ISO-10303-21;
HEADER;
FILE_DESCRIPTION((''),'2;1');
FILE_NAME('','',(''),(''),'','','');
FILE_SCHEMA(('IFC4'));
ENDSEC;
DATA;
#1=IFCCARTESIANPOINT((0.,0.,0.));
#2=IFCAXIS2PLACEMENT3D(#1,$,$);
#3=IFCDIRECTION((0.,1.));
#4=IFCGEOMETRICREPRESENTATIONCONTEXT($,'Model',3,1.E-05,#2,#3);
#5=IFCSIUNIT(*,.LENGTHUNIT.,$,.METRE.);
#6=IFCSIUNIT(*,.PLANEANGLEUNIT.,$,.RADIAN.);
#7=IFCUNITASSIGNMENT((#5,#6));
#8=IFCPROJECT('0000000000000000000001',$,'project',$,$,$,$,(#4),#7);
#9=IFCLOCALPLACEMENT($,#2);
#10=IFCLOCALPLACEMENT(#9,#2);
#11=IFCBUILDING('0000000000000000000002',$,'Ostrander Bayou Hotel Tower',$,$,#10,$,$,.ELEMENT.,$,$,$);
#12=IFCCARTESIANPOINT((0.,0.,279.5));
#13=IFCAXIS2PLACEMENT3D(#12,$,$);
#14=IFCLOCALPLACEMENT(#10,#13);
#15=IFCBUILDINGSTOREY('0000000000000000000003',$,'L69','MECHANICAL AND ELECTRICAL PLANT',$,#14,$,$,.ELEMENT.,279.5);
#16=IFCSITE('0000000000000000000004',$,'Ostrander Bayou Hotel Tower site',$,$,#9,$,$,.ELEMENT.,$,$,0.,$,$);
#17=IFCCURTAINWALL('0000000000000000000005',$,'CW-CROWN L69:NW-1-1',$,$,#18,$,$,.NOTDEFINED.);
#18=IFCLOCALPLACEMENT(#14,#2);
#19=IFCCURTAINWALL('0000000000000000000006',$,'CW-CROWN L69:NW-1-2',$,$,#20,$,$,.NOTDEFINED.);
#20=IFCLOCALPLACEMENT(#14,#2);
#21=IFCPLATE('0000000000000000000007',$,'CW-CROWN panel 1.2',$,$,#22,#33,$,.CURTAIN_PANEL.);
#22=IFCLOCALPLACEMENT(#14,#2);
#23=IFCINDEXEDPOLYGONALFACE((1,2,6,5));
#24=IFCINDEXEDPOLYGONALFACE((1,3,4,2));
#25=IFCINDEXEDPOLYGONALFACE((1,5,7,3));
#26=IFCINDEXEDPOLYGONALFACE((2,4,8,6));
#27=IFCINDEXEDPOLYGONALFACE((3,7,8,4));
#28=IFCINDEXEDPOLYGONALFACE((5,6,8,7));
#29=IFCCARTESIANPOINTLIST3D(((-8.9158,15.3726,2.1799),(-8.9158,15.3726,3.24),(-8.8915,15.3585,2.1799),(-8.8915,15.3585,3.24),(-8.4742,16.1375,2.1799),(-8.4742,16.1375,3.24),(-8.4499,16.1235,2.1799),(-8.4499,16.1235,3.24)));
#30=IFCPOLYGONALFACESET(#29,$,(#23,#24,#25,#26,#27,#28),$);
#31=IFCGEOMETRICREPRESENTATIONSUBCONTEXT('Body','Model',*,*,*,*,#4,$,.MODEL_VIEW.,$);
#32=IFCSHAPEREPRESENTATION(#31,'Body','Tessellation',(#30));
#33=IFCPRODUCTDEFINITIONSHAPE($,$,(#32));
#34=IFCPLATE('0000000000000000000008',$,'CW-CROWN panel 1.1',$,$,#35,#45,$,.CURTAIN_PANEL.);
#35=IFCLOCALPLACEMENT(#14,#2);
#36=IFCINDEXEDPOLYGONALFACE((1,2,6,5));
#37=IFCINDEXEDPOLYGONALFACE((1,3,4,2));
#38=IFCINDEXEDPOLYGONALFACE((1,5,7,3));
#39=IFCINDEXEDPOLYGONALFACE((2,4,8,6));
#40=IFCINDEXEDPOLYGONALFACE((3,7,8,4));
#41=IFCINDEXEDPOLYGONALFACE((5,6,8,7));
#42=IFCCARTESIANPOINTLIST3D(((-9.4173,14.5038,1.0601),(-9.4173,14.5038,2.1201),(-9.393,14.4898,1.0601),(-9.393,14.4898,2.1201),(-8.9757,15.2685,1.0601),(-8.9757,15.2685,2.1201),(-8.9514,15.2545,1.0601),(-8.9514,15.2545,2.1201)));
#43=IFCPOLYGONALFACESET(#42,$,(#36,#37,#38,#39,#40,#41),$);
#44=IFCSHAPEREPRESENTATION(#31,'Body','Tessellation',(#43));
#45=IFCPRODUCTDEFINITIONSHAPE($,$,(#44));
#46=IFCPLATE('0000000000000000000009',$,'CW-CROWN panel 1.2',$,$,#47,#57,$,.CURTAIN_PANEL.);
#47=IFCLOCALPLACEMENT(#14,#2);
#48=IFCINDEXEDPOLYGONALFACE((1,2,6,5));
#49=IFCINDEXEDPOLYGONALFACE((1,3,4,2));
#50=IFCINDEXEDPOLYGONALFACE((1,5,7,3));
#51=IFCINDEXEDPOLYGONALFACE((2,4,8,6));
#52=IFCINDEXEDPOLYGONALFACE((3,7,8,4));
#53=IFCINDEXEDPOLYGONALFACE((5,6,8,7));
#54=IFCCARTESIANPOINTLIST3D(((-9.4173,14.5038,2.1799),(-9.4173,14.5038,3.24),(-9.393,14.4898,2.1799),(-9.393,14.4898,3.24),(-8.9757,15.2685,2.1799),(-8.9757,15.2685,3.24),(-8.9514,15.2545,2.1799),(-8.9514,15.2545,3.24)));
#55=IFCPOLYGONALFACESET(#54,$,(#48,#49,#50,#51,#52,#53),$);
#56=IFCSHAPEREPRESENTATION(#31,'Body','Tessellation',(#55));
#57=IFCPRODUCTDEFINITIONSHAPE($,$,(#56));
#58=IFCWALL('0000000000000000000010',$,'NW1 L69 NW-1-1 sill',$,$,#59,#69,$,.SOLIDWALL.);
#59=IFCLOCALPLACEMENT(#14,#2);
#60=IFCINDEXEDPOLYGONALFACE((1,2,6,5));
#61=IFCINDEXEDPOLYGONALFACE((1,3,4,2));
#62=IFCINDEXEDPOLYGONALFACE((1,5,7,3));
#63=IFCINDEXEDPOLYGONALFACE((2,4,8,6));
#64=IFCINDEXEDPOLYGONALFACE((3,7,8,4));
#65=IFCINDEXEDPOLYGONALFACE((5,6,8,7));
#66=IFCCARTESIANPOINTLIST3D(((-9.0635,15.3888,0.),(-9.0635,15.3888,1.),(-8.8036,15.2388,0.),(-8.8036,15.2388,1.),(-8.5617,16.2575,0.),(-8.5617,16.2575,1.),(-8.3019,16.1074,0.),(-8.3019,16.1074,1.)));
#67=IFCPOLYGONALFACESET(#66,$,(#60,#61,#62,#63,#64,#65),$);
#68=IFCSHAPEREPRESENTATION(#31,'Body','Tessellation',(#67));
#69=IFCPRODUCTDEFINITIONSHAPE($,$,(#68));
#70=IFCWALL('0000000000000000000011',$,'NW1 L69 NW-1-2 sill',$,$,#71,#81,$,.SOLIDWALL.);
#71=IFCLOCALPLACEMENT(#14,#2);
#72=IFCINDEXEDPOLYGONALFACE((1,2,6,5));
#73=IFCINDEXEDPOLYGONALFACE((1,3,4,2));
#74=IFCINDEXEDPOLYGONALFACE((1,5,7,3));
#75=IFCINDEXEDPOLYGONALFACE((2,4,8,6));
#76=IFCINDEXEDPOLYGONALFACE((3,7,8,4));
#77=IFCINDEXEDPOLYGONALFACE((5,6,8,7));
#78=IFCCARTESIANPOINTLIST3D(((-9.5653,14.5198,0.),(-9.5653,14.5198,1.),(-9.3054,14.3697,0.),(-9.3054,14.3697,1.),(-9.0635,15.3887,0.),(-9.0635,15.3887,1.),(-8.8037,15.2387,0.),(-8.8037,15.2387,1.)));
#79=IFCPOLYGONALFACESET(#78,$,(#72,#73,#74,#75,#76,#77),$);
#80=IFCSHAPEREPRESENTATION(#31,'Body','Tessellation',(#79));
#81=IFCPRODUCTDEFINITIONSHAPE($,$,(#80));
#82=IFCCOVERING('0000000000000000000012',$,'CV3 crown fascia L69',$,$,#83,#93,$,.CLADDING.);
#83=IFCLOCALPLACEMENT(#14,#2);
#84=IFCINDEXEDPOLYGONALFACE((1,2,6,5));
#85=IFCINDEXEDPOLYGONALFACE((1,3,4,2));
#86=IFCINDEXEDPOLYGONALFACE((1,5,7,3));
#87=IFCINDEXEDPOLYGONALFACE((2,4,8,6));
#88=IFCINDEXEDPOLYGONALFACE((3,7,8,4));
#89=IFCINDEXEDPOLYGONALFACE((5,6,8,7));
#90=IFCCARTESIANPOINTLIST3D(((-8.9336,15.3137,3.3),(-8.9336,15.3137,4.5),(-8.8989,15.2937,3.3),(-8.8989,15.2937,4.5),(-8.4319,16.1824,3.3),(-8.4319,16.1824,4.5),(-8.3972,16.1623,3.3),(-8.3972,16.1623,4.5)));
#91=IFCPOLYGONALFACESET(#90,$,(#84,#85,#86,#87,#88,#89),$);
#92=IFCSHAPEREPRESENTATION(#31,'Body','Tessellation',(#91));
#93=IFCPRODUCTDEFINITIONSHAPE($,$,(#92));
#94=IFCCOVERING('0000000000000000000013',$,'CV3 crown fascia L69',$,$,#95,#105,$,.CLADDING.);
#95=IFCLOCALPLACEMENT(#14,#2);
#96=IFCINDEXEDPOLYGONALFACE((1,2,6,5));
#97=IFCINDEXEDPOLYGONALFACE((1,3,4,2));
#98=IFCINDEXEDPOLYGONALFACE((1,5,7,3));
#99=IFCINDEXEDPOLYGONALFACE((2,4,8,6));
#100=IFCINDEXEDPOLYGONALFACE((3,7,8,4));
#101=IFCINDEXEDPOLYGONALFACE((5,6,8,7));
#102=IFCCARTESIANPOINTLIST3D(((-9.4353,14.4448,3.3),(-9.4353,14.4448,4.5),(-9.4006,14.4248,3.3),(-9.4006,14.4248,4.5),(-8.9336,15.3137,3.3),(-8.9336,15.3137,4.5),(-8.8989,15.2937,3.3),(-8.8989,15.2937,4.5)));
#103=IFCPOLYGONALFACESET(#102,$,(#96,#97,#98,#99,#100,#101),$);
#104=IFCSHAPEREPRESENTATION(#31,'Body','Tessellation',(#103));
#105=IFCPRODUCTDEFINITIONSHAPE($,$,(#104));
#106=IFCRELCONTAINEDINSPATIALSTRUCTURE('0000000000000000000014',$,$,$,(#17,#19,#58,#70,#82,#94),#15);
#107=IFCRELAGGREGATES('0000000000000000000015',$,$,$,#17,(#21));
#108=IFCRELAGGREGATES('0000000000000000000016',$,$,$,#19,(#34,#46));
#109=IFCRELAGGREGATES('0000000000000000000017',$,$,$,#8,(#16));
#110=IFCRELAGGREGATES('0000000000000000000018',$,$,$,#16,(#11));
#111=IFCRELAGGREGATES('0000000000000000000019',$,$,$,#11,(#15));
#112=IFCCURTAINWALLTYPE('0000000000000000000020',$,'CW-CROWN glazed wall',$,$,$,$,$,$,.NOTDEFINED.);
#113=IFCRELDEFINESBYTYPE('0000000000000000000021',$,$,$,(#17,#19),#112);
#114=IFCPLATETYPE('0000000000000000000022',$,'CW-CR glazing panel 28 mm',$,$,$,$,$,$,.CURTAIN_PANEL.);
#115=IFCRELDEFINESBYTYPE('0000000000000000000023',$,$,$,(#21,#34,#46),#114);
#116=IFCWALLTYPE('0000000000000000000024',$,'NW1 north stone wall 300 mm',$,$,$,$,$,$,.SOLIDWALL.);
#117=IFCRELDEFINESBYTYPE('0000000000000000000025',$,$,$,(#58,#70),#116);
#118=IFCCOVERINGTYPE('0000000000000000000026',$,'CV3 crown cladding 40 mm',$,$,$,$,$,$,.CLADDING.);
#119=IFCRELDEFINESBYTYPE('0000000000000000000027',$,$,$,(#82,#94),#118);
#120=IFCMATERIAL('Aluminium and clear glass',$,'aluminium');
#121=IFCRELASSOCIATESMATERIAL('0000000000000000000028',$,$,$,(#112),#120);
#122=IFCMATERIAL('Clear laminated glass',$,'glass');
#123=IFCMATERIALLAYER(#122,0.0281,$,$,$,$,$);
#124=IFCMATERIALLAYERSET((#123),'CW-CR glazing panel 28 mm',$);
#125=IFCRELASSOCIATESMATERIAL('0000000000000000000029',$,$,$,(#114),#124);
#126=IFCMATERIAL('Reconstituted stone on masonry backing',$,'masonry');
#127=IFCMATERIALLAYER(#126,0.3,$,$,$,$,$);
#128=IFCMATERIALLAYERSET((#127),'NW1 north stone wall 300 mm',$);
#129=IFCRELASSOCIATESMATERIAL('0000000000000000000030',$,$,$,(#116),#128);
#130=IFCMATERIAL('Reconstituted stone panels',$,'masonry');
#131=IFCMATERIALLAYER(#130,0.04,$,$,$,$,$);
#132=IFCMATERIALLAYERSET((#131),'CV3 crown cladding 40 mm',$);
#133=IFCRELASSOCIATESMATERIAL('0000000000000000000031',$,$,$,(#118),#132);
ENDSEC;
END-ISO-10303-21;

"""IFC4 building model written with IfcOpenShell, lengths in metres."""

from ifc_helpers import new_model, si_unit, direction, frame, frame_2d, origin, origin_2d, place, context, subcontext, project, spatial, polyline, rectangle, outline, extrude, material, layer, layer_set, type_object, element, aggregate, save


model = new_model("IFC4")

# Units and contexts
model_context = context("Model", 3, precision=1e-05, world=origin(), true_north=direction((0.0, 1.0)))
body_context = subcontext(model_context, "Body", "Model", "MODEL_VIEW")
ifc_project = project(units=[si_unit("LENGTHUNIT", "METRE"), si_unit("PLANEANGLEUNIT", "RADIAN")], contexts=[model_context])

# Site, building, storey
site_placement = place(None, origin())
site = spatial("IfcSite", under=ifc_project, at=site_placement, Name="Ostrander Bayou Hotel Tower site", CompositionType="ELEMENT", RefElevation=0.0)
building_placement = place(site_placement, origin())
building = spatial("IfcBuilding", under=site, at=building_placement, Name="Ostrander Bayou Hotel Tower", CompositionType="ELEMENT")
storey_placement = place(building_placement, frame((0.0, 0.0, 279.5)))
storey = spatial("IfcBuildingStorey", under=building, at=storey_placement, Name="L69", Description="MECHANICAL AND ELECTRICAL PLANT", CompositionType="ELEMENT", Elevation=279.5)

# Curtain wall
ifc_material_1 = material(Name="Aluminium and clear glass", Category="aluminium")
curtain_wall_type = type_object("IfcCurtainWallType", Name="CW-CROWN glazed wall", PredefinedType="NOTDEFINED", material=ifc_material_1)
curtain_wall_1_placement = place(storey_placement, origin())
curtain_wall_1 = element("IfcCurtainWall", 1, at=curtain_wall_1_placement, inside=storey, type_object=curtain_wall_type, Name="CW-CROWN L69:NW-1-1", PredefinedType="NOTDEFINED")

# Curtain wall
curtain_wall_2_placement = place(storey_placement, origin())
curtain_wall_2 = element("IfcCurtainWall", 2, at=curtain_wall_2_placement, inside=storey, type_object=curtain_wall_type, Name="CW-CROWN L69:NW-1-2", PredefinedType="NOTDEFINED")

# Plates
ifc_material_2 = material(Name="Clear laminated glass", Category="glass")
ifc_layer_1 = layer(ifc_material_2, 0.0281)
ifc_layer_set_1 = layer_set([ifc_layer_1], Name="CW-CR glazing panel 28 mm")
plate_type = type_object("IfcPlateType", Name="CW-CR glazing panel 28 mm", PredefinedType="CURTAIN_PANEL", material=ifc_layer_set_1)
plate_1_placement = place(storey_placement, frame((-8.6829, 15.748, 2.1799), z_axis=(0.0, 0.0, 1.0), x_axis=(-0.499999, -0.866026, 0.0)))
plate_1 = element("IfcPlate", 3, at=plate_1_placement, type_object=plate_type, Name="CW-CROWN panel 1.2", PredefinedType="CURTAIN_PANEL", context=body_context, shape_type="SweptSolid", body=[
    extrude(rectangle(XDim=0.8833, YDim=0.0281, at=origin_2d()), origin(), (0.0, 0.0, 1.0), 1.0601),
])
aggregate(curtain_wall_1, [plate_1])
plate_2_placement = place(storey_placement, frame((-9.1843, 14.8792, 1.0601), z_axis=(0.0, 0.0, 1.0), x_axis=(-0.500042, -0.866001, 0.0)))
plate_2 = element("IfcPlate", 4, at=plate_2_placement, type_object=plate_type, Name="CW-CROWN panel 1.1", PredefinedType="CURTAIN_PANEL", context=body_context, shape_type="SweptSolid", body=[
    extrude(rectangle(XDim=0.8831, YDim=0.0281, at=origin_2d()), origin(), (0.0, 0.0, 1.0), 1.0601),
])
plate_3_placement = place(storey_placement, frame((-9.1843, 14.8792, 2.1799), z_axis=(0.0, 0.0, 1.0), x_axis=(-0.500042, -0.866001, 0.0)))
plate_3 = element("IfcPlate", 5, at=plate_3_placement, type_object=plate_type, Name="CW-CROWN panel 1.2", PredefinedType="CURTAIN_PANEL", context=body_context, shape_type="SweptSolid", body=[
    extrude(rectangle(XDim=0.8831, YDim=0.0281, at=origin_2d()), origin(), (0.0, 0.0, 1.0), 1.0601),
])
aggregate(curtain_wall_2, [plate_2, plate_3])

# Walls
ifc_material_3 = material(Name="Reconstituted stone on masonry backing", Category="masonry")
ifc_layer_2 = layer(ifc_material_3, 0.3)
ifc_layer_set_2 = layer_set([ifc_layer_2], Name="NW1 north stone wall 300 mm")
wall_type_1 = type_object("IfcWallType", Name="NW1 north stone wall 300 mm", PredefinedType="SOLIDWALL", material=ifc_layer_set_2)
wall_1_placement = place(storey_placement, frame((-8.4319, 16.1824, 0.0), z_axis=(0.0, 0.0, 1.0), x_axis=(-0.500144, -0.865942, 0.0)))
element("IfcWall", 6, at=wall_1_placement, inside=storey, type_object=wall_type_1, Name="NW1 L69 NW-1-1 sill", PredefinedType="SOLIDWALL", context=body_context, shape_type="SweptSolid", body=[
    extrude(rectangle(XDim=1.0032, YDim=0.3, at=frame_2d((0.5015, 0.0))), origin(), (0.0, 0.0, 1.0), 1.0),
])
wall_2_placement = place(storey_placement, frame((-8.9336, 15.3137, 0.0), z_axis=(0.0, 0.0, 1.0), x_axis=(-0.500038, -0.866003, 0.0)))
element("IfcWall", 7, at=wall_2_placement, inside=storey, type_object=wall_type_1, Name="NW1 L69 NW-1-2 sill", PredefinedType="SOLIDWALL", context=body_context, shape_type="SweptSolid", body=[
    extrude(rectangle(XDim=1.0034, YDim=0.3, at=frame_2d((0.5017, 0.0))), origin(), (0.0, 0.0, 1.0), 1.0),
])

# Coverings
ifc_material_4 = material(Name="Reconstituted stone panels", Category="masonry")
ifc_layer_3 = layer(ifc_material_4, 0.04)
ifc_layer_set_3 = layer_set([ifc_layer_3], Name="CV3 crown cladding 40 mm")
covering_type = type_object("IfcCoveringType", Name="CV3 crown cladding 40 mm", PredefinedType="CLADDING", material=ifc_layer_set_3)
covering_1_placement = place(storey_placement, frame((-8.4319, 16.1824, 3.3), z_axis=(-0.865942, 0.500144, 0.0), x_axis=(-0.500144, -0.865942, 0.0)))
element("IfcCovering", 8, at=covering_1_placement, inside=storey, type_object=covering_type, Name="CV3 crown fascia L69", PredefinedType="CLADDING", context=body_context, shape_type="SweptSolid", body=[
    extrude(outline(polyline([(0.0, 0.0), (1.0031, 0.0), (1.0031, 1.2), (0.0, 1.2), (0.0, 0.0)])), origin(), (0.0, 0.0, -1.0), 0.04),
])
covering_2_placement = place(storey_placement, frame((-8.9336, 15.3137, 3.3), z_axis=(-0.866003, 0.500038, 0.0), x_axis=(-0.500038, -0.866003, 0.0)))
element("IfcCovering", 9, at=covering_2_placement, inside=storey, type_object=covering_type, Name="CV3 crown fascia L69", PredefinedType="CLADDING", context=body_context, shape_type="SweptSolid", body=[
    extrude(outline(polyline([(0.0, 0.0), (1.0033, 0.0), (1.0033, 1.2), (0.0, 1.2), (0.0, 0.0)])), origin(), (0.0, 0.0, -1.0), 0.04),
])

save(model, "model.ifc")
